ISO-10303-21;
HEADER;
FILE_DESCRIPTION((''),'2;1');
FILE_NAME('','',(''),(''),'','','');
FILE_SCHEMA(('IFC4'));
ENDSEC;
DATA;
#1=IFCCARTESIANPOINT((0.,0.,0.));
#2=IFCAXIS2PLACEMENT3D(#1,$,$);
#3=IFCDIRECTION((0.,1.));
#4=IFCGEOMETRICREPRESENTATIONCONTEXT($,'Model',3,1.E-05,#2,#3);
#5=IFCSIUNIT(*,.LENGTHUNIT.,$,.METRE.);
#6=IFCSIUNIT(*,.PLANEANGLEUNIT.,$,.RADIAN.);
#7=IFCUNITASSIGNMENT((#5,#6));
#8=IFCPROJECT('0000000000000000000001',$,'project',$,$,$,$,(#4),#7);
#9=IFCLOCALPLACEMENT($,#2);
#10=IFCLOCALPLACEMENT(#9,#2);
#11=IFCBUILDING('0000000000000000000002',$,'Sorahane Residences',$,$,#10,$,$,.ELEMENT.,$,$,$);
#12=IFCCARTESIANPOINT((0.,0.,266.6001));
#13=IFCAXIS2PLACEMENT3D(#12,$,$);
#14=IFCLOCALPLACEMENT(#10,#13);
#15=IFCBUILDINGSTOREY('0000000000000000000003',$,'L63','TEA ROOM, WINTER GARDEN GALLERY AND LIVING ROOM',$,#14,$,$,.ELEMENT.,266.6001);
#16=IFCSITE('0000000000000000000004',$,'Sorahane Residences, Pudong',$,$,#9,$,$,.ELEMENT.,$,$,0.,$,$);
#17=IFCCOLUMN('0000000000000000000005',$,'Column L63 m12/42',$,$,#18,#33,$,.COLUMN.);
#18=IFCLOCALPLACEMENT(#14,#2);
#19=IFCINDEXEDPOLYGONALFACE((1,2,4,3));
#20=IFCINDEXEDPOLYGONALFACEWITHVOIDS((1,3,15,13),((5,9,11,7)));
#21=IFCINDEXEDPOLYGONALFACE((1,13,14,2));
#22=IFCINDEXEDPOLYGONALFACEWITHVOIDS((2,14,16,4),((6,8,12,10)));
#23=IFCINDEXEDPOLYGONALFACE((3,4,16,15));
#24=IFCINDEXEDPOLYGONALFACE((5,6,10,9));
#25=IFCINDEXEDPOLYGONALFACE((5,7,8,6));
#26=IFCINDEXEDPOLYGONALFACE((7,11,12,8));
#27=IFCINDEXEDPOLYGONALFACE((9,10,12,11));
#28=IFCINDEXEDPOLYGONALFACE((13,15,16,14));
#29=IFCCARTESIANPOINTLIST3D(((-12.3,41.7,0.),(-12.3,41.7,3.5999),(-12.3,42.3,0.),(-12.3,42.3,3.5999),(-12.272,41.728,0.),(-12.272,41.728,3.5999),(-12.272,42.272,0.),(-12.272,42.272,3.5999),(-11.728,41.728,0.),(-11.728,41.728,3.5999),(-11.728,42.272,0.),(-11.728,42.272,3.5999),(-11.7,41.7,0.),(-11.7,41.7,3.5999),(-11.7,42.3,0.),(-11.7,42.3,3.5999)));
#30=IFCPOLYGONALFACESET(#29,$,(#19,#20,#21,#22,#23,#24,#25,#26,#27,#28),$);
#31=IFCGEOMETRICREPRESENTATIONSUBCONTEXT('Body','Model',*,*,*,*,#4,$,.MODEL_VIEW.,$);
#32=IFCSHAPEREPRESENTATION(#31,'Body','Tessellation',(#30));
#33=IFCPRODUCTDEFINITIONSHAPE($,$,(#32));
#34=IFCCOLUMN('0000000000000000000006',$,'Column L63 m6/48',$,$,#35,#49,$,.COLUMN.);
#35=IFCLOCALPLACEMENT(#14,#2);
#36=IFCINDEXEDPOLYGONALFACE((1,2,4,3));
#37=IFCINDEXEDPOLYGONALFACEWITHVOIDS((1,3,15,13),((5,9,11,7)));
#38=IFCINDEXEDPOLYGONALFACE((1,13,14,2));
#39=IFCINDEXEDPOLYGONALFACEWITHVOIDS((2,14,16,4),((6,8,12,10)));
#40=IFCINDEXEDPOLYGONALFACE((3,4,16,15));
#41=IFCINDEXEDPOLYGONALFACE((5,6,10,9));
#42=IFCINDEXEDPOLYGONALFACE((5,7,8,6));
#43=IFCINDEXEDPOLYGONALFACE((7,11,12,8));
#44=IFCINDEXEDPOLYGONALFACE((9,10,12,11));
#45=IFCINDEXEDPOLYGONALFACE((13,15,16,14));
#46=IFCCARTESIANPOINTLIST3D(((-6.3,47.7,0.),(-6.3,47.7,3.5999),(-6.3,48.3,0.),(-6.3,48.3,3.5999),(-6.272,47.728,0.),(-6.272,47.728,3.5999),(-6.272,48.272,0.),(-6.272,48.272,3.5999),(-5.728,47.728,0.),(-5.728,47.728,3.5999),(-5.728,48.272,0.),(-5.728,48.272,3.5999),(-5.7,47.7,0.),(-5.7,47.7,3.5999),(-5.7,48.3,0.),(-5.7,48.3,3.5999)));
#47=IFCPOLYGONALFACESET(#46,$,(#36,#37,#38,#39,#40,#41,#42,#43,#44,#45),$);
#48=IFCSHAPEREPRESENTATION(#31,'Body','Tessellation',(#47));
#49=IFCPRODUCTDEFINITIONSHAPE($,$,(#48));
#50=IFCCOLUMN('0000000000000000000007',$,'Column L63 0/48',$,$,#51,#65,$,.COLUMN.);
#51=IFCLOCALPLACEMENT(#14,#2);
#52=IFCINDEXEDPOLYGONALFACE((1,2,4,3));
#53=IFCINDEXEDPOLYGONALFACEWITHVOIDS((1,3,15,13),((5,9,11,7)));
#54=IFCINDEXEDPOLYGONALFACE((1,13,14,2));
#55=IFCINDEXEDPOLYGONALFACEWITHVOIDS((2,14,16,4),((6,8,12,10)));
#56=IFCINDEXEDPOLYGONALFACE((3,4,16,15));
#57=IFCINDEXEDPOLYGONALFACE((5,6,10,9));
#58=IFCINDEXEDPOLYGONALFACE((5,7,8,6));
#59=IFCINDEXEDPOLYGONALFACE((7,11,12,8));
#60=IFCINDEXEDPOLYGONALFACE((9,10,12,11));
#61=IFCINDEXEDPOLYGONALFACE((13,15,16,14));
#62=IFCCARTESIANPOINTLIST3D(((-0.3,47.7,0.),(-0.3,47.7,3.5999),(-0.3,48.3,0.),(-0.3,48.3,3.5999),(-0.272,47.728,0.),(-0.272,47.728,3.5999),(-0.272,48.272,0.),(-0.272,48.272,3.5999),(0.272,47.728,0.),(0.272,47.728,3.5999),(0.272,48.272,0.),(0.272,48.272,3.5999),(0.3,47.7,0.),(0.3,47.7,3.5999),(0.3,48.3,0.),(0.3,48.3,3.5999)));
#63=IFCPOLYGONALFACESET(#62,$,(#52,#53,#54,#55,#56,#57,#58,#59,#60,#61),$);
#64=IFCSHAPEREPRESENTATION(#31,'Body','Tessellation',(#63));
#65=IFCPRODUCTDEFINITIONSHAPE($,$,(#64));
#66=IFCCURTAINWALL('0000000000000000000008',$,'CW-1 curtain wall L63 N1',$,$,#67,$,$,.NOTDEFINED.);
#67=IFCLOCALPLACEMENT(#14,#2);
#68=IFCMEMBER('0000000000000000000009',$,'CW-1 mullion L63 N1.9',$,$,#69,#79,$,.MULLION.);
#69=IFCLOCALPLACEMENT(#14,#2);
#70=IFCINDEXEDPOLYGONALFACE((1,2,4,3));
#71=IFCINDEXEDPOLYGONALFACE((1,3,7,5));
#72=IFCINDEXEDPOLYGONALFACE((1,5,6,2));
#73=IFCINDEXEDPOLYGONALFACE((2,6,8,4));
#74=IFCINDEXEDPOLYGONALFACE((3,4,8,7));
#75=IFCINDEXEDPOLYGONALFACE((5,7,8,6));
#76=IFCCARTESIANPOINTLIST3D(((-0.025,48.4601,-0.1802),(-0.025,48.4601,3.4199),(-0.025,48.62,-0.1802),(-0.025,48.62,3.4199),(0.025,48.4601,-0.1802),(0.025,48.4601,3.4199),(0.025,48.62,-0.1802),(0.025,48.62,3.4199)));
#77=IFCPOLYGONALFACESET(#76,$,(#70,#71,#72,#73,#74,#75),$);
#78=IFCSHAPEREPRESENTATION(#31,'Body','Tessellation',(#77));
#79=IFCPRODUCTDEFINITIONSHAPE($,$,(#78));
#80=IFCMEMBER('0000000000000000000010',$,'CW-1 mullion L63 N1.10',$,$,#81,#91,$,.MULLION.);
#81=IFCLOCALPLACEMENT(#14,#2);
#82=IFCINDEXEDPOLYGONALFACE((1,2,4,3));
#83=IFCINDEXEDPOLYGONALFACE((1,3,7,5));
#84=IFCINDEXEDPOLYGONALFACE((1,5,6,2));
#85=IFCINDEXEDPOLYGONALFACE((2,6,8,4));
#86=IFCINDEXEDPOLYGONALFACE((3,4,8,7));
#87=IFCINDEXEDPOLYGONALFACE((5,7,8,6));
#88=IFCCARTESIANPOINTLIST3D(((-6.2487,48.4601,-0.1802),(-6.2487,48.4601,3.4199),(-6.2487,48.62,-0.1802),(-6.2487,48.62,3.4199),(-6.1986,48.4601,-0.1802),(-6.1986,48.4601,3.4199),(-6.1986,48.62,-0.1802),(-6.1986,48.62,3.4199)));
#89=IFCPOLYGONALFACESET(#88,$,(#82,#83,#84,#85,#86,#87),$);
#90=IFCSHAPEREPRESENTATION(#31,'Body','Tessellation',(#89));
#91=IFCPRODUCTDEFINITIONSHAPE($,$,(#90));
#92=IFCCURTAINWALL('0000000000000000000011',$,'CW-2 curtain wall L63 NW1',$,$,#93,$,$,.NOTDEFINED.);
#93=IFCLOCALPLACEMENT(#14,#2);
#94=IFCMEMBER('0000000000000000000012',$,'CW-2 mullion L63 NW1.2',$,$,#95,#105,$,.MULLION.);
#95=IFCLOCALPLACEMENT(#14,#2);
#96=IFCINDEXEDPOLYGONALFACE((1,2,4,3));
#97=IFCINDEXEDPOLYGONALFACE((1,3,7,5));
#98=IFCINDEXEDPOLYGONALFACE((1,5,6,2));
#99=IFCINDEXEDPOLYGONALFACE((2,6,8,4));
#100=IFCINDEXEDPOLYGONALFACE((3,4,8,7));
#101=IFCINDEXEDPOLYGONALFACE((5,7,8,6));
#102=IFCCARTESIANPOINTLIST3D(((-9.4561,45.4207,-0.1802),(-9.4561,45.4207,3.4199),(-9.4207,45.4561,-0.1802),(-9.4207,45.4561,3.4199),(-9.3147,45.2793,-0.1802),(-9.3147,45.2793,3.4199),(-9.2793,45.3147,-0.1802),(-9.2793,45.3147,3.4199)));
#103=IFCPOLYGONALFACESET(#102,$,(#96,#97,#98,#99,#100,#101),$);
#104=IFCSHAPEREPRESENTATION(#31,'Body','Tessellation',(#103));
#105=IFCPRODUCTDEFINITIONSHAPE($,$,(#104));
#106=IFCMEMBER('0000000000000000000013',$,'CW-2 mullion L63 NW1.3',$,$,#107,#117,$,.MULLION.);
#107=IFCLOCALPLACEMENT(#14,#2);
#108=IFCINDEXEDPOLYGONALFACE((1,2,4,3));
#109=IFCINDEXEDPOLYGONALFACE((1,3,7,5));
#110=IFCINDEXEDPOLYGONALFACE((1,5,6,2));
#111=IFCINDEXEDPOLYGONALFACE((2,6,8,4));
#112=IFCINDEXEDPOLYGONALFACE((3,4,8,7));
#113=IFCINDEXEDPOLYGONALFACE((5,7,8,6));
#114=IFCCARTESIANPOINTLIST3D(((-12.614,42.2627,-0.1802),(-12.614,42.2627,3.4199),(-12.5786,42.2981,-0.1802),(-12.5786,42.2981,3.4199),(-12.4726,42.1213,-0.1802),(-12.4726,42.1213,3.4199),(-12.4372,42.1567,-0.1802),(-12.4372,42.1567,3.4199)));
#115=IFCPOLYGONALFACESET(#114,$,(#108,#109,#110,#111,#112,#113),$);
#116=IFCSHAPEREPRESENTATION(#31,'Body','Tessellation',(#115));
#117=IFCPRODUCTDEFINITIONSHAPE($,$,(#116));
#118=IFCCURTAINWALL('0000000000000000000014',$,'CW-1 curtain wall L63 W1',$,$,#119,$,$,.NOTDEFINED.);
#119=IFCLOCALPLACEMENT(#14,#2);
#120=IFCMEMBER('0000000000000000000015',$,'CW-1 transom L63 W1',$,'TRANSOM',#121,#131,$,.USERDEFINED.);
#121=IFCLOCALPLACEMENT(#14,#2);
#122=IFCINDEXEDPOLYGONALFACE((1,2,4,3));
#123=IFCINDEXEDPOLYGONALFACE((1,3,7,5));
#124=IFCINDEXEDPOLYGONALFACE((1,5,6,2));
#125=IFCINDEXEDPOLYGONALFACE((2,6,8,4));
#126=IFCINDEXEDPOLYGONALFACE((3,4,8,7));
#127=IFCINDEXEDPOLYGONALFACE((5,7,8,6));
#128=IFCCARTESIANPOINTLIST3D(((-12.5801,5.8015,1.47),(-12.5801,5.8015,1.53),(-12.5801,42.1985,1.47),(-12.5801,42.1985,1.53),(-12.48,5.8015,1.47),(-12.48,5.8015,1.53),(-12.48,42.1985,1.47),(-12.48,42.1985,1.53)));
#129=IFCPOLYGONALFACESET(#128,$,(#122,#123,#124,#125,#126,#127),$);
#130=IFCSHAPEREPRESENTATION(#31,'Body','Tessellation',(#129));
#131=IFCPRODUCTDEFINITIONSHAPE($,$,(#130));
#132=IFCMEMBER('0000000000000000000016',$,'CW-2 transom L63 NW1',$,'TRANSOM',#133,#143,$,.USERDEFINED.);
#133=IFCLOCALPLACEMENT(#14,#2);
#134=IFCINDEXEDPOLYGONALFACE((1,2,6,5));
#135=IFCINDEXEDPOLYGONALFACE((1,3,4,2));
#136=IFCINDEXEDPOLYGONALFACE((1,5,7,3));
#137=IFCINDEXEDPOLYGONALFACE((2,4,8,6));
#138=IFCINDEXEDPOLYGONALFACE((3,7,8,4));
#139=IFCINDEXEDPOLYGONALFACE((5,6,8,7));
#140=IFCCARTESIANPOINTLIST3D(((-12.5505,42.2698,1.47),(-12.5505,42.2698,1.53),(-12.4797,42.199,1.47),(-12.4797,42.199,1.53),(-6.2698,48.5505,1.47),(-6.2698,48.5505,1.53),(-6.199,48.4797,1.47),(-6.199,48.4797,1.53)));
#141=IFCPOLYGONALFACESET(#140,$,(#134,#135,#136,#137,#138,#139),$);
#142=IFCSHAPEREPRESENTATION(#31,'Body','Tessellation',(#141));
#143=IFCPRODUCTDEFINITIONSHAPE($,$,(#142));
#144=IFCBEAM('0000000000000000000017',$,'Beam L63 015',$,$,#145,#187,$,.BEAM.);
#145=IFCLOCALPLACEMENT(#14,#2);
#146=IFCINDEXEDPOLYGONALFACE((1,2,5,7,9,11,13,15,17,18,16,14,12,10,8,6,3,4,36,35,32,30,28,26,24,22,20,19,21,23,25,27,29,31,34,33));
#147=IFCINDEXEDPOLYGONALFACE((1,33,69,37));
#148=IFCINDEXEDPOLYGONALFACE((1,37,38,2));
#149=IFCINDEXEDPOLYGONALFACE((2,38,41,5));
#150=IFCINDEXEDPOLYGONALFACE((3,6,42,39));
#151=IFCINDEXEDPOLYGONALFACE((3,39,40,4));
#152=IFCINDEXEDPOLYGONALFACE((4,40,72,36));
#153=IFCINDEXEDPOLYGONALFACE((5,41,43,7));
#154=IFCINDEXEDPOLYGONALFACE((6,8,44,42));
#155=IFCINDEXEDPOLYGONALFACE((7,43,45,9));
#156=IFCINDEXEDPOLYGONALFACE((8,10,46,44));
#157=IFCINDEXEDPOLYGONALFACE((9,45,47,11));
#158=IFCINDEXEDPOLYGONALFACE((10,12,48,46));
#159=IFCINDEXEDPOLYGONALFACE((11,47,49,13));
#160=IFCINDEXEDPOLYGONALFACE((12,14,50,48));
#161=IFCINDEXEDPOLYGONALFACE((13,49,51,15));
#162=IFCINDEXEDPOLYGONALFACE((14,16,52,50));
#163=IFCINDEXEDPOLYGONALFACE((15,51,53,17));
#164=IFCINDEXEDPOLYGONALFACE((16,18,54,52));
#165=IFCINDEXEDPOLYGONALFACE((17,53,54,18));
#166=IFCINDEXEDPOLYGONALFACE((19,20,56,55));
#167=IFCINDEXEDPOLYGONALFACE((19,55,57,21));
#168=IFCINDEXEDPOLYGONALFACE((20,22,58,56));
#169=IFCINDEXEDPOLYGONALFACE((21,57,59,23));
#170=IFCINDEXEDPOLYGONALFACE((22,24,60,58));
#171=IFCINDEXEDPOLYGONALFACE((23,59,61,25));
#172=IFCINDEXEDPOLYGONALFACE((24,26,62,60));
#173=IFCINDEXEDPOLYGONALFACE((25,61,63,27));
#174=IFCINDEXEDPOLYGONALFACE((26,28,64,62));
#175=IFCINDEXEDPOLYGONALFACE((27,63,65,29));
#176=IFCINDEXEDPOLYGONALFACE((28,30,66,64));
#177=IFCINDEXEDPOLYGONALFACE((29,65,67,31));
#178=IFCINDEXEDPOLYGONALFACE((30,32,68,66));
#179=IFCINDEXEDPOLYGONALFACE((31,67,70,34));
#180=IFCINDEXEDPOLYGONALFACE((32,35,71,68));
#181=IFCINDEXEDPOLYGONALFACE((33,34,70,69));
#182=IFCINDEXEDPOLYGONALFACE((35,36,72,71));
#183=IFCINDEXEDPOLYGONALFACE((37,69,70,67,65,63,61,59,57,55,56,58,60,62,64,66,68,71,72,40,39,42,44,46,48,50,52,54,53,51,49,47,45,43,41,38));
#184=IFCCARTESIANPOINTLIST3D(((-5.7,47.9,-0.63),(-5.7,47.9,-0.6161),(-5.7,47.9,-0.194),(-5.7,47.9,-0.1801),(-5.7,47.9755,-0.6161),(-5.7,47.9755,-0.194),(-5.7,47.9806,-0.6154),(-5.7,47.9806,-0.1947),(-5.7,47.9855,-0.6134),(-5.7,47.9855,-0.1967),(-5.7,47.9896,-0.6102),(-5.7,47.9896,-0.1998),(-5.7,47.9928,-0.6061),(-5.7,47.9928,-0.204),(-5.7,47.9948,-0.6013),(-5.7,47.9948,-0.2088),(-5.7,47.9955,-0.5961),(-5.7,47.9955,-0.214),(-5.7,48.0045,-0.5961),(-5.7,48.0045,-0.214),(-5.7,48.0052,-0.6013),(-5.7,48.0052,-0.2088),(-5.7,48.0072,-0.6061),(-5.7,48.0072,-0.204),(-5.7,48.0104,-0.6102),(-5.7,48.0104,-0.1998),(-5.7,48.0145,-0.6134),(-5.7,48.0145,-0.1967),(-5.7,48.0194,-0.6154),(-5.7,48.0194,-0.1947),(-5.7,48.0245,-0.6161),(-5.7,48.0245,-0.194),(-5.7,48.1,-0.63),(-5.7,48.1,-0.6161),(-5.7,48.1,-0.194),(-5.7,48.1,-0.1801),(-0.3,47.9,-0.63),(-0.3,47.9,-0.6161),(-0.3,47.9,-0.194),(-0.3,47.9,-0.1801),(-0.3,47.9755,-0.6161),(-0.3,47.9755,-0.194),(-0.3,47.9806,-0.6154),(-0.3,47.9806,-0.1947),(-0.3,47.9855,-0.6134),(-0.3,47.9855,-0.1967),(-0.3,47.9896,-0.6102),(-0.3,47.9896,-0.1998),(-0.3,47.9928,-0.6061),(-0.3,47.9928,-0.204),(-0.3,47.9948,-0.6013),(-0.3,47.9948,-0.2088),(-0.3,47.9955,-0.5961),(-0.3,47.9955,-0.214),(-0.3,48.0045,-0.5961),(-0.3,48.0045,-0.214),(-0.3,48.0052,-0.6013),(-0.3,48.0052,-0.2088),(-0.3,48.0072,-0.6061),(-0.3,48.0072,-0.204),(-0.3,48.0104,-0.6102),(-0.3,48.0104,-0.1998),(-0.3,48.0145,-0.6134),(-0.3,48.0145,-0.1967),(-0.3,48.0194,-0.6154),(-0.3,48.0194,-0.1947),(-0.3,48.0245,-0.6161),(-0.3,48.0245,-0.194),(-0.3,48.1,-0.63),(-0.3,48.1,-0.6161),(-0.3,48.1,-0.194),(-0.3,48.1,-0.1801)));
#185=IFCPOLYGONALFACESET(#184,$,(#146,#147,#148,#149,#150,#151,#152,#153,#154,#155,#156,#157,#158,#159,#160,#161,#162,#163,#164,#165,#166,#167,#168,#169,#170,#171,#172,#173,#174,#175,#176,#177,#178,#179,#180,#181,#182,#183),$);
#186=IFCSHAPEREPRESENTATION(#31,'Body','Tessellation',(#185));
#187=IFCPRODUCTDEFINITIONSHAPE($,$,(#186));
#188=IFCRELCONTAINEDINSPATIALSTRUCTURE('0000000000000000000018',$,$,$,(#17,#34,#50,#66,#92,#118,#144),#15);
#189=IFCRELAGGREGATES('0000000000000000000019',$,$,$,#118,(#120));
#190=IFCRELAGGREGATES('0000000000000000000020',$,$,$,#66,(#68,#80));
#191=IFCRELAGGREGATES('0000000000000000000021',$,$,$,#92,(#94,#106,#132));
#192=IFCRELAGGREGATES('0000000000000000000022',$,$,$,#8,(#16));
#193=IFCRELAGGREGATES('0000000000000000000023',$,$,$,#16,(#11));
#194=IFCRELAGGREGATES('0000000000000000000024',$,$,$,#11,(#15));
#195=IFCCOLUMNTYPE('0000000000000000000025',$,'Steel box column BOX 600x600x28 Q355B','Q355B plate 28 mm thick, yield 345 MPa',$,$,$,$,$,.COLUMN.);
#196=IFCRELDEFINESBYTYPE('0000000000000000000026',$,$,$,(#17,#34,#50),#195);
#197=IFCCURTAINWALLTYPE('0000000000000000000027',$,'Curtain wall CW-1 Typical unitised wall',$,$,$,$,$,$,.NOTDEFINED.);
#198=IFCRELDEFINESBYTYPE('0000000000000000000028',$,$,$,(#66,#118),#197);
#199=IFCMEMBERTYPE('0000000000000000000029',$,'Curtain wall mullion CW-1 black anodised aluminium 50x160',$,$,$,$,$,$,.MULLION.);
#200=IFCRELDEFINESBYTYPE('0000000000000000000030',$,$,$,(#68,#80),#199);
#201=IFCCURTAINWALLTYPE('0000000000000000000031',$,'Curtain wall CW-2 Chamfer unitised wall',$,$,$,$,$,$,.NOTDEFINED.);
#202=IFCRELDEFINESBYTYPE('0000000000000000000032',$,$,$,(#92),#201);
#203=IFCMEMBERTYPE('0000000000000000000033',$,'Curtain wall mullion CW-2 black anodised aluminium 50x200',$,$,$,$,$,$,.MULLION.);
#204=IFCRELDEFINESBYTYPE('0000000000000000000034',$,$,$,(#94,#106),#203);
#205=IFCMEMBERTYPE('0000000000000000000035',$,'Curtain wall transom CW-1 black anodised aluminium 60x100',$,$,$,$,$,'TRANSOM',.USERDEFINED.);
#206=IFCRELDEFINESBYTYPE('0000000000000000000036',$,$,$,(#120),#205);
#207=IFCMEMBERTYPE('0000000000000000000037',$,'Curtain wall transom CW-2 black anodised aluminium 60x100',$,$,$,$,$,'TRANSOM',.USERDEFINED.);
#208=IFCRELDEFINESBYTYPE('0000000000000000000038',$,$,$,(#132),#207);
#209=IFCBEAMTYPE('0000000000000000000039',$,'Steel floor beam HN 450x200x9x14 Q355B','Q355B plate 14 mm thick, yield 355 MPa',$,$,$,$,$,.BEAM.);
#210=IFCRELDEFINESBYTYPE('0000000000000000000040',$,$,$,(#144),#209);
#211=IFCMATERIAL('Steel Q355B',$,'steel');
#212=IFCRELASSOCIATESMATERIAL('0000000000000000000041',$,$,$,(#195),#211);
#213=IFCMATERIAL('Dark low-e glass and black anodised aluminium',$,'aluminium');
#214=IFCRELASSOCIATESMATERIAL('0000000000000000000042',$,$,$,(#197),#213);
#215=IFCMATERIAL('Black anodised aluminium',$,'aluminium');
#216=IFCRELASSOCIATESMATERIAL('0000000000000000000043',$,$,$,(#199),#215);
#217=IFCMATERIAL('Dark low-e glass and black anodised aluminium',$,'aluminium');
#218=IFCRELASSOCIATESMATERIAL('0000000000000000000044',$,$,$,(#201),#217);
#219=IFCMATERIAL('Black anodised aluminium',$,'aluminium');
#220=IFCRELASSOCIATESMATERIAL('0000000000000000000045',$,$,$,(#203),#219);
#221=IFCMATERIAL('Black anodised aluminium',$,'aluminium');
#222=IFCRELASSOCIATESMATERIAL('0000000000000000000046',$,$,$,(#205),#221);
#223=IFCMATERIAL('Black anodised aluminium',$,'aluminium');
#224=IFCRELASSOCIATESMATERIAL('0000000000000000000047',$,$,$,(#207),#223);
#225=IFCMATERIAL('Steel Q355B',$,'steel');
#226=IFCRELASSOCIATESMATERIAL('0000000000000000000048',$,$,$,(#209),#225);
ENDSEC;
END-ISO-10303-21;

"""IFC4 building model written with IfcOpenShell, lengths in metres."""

from ifc_helpers import new_model, si_unit, direction, frame, origin, origin_2d, place, context, subcontext, project, spatial, rectangle, hollow_rectangle, i_section, extrude, material, material_profile, profile_set, type_object, element, aggregate, save


model = new_model("IFC4")

# Units and contexts
model_context = context("Model", 3, precision=1e-05, world=origin(), true_north=direction((0.0, 1.0)))
body_context = subcontext(model_context, "Body", "Model", "MODEL_VIEW")
ifc_project = project(units=[si_unit("LENGTHUNIT", "METRE"), si_unit("PLANEANGLEUNIT", "RADIAN")], contexts=[model_context])

# Site, building, storey
site_placement = place(None, origin())
site = spatial("IfcSite", under=ifc_project, at=site_placement, Name="Sorahane Residences, Pudong", CompositionType="ELEMENT", RefElevation=0.0)
building_placement = place(site_placement, origin())
building = spatial("IfcBuilding", under=site, at=building_placement, Name="Sorahane Residences", CompositionType="ELEMENT")
storey_placement = place(building_placement, frame((0.0, 0.0, 266.6001)))
storey = spatial("IfcBuildingStorey", under=building, at=storey_placement, Name="L63", Description="TEA ROOM, WINTER GARDEN GALLERY AND LIVING ROOM", CompositionType="ELEMENT", Elevation=266.6001)

# Columns
ifc_material_1 = material(Name="Steel Q355B", Category="steel")
ifc_material_profile_1 = material_profile(ifc_material_1, hollow_rectangle(XDim=0.6001, YDim=0.6001, WallThickness=0.0281, at=origin_2d()), Name="BOX 600x600x28")
ifc_profile_set_1 = profile_set([ifc_material_profile_1], Name="Steel Q355B")
column_type = type_object("IfcColumnType", Name="Steel box column BOX 600x600x28 Q355B", Description="Q355B plate 28 mm thick, yield 345 MPa", PredefinedType="COLUMN", material=ifc_profile_set_1)
for number, where, z_axis, x_axis, name in (
    (1, (-12.0, 42.0, 0.0), (0.0, 0.0, 1.0), (1.0, 0.0, 0.0), "Column L63 m12/42"),
    (2, (-6.0, 48.0, 0.0), (0.0, 0.0, 1.0), (1.0, 0.0, 0.0), "Column L63 m6/48"),
    (3, (0.0, 48.0, 0.0), (0.0, 0.0, 1.0), (1.0, 0.0, 0.0), "Column L63 0/48"),
):
    element("IfcColumn", number, at=place(storey_placement, frame(where, z_axis=z_axis, x_axis=x_axis)), inside=storey, type_object=column_type, Name=name, PredefinedType="COLUMN", context=body_context, shape_type="SweptSolid", body=[
        extrude(hollow_rectangle(XDim=0.6001, YDim=0.6001, WallThickness=0.0281, at=origin_2d()), origin(), (0.0, 0.0, 1.0), 3.5999),
    ])

# Curtain walls, members
ifc_material_2 = material(Name="Dark low-e glass and black anodised aluminium", Category="aluminium")
curtain_wall_type_1 = type_object("IfcCurtainWallType", Name="Curtain wall CW-1 Typical unitised wall", PredefinedType="NOTDEFINED", material=ifc_material_2)
curtain_wall_1_placement = place(storey_placement, origin())
curtain_wall_1 = element("IfcCurtainWall", 4, at=curtain_wall_1_placement, inside=storey, type_object=curtain_wall_type_1, Name="CW-1 curtain wall L63 N1", PredefinedType="NOTDEFINED")
ifc_material_3 = material(Name="Black anodised aluminium", Category="aluminium")
ifc_material_profile_2 = material_profile(ifc_material_3, rectangle(XDim=0.1599, YDim=0.05, at=origin_2d()), Name="Curtain wall mullion CW-1 black anodised aluminium 50x160")
ifc_profile_set_2 = profile_set([ifc_material_profile_2], Name="Black anodised aluminium")
member_type_1 = type_object("IfcMemberType", Name="Curtain wall mullion CW-1 black anodised aluminium 50x160", PredefinedType="MULLION", material=ifc_profile_set_2)
member_1_placement = place(storey_placement, frame((0.0, 48.54, -0.1802), z_axis=(0.0, 0.0, 1.0), x_axis=(0.0, 1.0, 0.0)))
member_1 = element("IfcMember", 5, at=member_1_placement, type_object=member_type_1, Name="CW-1 mullion L63 N1.9", PredefinedType="MULLION", context=body_context, shape_type="SweptSolid", body=[
    extrude(rectangle(XDim=0.1599, YDim=0.05, at=origin_2d()), origin(), (0.0, 0.0, 1.0), 3.6001),
])
member_2_placement = place(storey_placement, frame((-6.2236, 48.54, -0.1802), z_axis=(0.0, 0.0, 1.0), x_axis=(0.0, 1.0, 0.0)))
member_2 = element("IfcMember", 6, at=member_2_placement, type_object=member_type_1, Name="CW-1 mullion L63 N1.10", PredefinedType="MULLION", context=body_context, shape_type="SweptSolid", body=[
    extrude(rectangle(XDim=0.1599, YDim=0.05, at=origin_2d()), origin(), (0.0, 0.0, 1.0), 3.6001),
])
ifc_material_4 = material(Name="Dark low-e glass and black anodised aluminium", Category="aluminium")
curtain_wall_type_2 = type_object("IfcCurtainWallType", Name="Curtain wall CW-2 Chamfer unitised wall", PredefinedType="NOTDEFINED", material=ifc_material_4)
curtain_wall_2_placement = place(storey_placement, origin())
curtain_wall_2 = element("IfcCurtainWall", 7, at=curtain_wall_2_placement, inside=storey, type_object=curtain_wall_type_2, Name="CW-2 curtain wall L63 NW1", PredefinedType="NOTDEFINED")
ifc_material_5 = material(Name="Black anodised aluminium", Category="aluminium")
ifc_material_profile_3 = material_profile(ifc_material_5, rectangle(XDim=0.2, YDim=0.05, at=origin_2d()), Name="Curtain wall mullion CW-2 black anodised aluminium 50x200")
ifc_profile_set_3 = profile_set([ifc_material_profile_3], Name="Black anodised aluminium")
member_type_2 = type_object("IfcMemberType", Name="Curtain wall mullion CW-2 black anodised aluminium 50x200", PredefinedType="MULLION", material=ifc_profile_set_3)
member_3_placement = place(storey_placement, frame((-9.3677, 45.3677, -0.1802), z_axis=(0.0, 0.0, 1.0), x_axis=(-0.707107, 0.707107, 0.0)))
member_3 = element("IfcMember", 8, at=member_3_placement, type_object=member_type_2, Name="CW-2 mullion L63 NW1.2", PredefinedType="MULLION", context=body_context, shape_type="SweptSolid", body=[
    extrude(rectangle(XDim=0.2, YDim=0.05, at=origin_2d()), origin(), (0.0, 0.0, 1.0), 3.6001),
])
member_4_placement = place(storey_placement, frame((-12.5256, 42.2097, -0.1802), z_axis=(0.0, 0.0, 1.0), x_axis=(-0.707107, 0.707107, 0.0)))
member_4 = element("IfcMember", 9, at=member_4_placement, type_object=member_type_2, Name="CW-2 mullion L63 NW1.3", PredefinedType="MULLION", context=body_context, shape_type="SweptSolid", body=[
    extrude(rectangle(XDim=0.2, YDim=0.05, at=origin_2d()), origin(), (0.0, 0.0, 1.0), 3.6001),
])

# Curtain wall, member
curtain_wall_3_placement = place(storey_placement, origin())
curtain_wall_3 = element("IfcCurtainWall", 10, at=curtain_wall_3_placement, inside=storey, type_object=curtain_wall_type_1, Name="CW-1 curtain wall L63 W1", PredefinedType="NOTDEFINED")
ifc_material_6 = material(Name="Black anodised aluminium", Category="aluminium")
ifc_material_profile_4 = material_profile(ifc_material_6, rectangle(XDim=0.1001, YDim=0.0601, at=origin_2d()), Name="Curtain wall transom CW-1 black anodised aluminium 60x100")
ifc_profile_set_4 = profile_set([ifc_material_profile_4], Name="Black anodised aluminium")
member_type_3 = type_object("IfcMemberType", Name="Curtain wall transom CW-1 black anodised aluminium 60x100", ElementType="TRANSOM", PredefinedType="USERDEFINED", material=ifc_profile_set_4)
member_5_placement = place(storey_placement, frame((-12.53, 42.1985, 1.5), z_axis=(0.0, -1.0, 0.0), x_axis=(1.0, 0.0, 0.0)))
member_5 = element("IfcMember", 11, at=member_5_placement, type_object=member_type_3, Name="CW-1 transom L63 W1", ObjectType="TRANSOM", PredefinedType="USERDEFINED", context=body_context, shape_type="SweptSolid", body=[
    extrude(rectangle(XDim=0.1001, YDim=0.0601, at=origin_2d()), origin(), (0.0, 0.0, 1.0), 36.397),
])
aggregate(curtain_wall_3, [member_5])

# Member
ifc_material_7 = material(Name="Black anodised aluminium", Category="aluminium")
ifc_material_profile_5 = material_profile(ifc_material_7, rectangle(XDim=0.1001, YDim=0.0601, at=origin_2d()), Name="Curtain wall transom CW-2 black anodised aluminium 60x100")
ifc_profile_set_5 = profile_set([ifc_material_profile_5], Name="Black anodised aluminium")
member_type_4 = type_object("IfcMemberType", Name="Curtain wall transom CW-2 black anodised aluminium 60x100", ElementType="TRANSOM", PredefinedType="USERDEFINED", material=ifc_profile_set_5)
member_6_placement = place(storey_placement, frame((-6.2344, 48.5151, 1.5), z_axis=(-0.707107, -0.707107, 0.0), x_axis=(0.707107, -0.707107, 0.0)))
member_6 = element("IfcMember", 12, at=member_6_placement, type_object=member_type_4, Name="CW-2 transom L63 NW1", ObjectType="TRANSOM", PredefinedType="USERDEFINED", context=body_context, shape_type="SweptSolid", body=[
    extrude(rectangle(XDim=0.1001, YDim=0.0601, at=origin_2d()), origin(), (0.0, 0.0, 1.0), 8.8823),
])

# Beam
ifc_material_8 = material(Name="Steel Q355B", Category="steel")
ifc_material_profile_6 = material_profile(ifc_material_8, i_section(OverallWidth=0.2, OverallDepth=0.45, WebThickness=0.009, FlangeThickness=0.0139, FilletRadius=0.02, at=origin_2d()), Name="HN 450x200x9x14")
ifc_profile_set_6 = profile_set([ifc_material_profile_6], Name="Steel Q355B")
beam_type_1 = type_object("IfcBeamType", Name="Steel floor beam HN 450x200x9x14 Q355B", Description="Q355B plate 14 mm thick, yield 355 MPa", PredefinedType="BEAM", material=ifc_profile_set_6)
beam_1_placement = place(storey_placement, frame((-5.7, 48.0, -0.405), z_axis=(1.0, 0.0, 0.0), x_axis=(0.0, 1.0, 0.0)))
element("IfcBeam", 13, at=beam_1_placement, inside=storey, type_object=beam_type_1, Name="Beam L63 015", PredefinedType="BEAM", context=body_context, shape_type="SweptSolid", body=[
    extrude(i_section(OverallWidth=0.2, OverallDepth=0.45, WebThickness=0.009, FlangeThickness=0.0139, FilletRadius=0.02, at=origin_2d()), origin(), (0.0, 0.0, 1.0), 5.3999),
])

aggregate(curtain_wall_1, [member_1, member_2])
aggregate(curtain_wall_2, [member_3, member_4, member_6])

save(model, "model.ifc")
